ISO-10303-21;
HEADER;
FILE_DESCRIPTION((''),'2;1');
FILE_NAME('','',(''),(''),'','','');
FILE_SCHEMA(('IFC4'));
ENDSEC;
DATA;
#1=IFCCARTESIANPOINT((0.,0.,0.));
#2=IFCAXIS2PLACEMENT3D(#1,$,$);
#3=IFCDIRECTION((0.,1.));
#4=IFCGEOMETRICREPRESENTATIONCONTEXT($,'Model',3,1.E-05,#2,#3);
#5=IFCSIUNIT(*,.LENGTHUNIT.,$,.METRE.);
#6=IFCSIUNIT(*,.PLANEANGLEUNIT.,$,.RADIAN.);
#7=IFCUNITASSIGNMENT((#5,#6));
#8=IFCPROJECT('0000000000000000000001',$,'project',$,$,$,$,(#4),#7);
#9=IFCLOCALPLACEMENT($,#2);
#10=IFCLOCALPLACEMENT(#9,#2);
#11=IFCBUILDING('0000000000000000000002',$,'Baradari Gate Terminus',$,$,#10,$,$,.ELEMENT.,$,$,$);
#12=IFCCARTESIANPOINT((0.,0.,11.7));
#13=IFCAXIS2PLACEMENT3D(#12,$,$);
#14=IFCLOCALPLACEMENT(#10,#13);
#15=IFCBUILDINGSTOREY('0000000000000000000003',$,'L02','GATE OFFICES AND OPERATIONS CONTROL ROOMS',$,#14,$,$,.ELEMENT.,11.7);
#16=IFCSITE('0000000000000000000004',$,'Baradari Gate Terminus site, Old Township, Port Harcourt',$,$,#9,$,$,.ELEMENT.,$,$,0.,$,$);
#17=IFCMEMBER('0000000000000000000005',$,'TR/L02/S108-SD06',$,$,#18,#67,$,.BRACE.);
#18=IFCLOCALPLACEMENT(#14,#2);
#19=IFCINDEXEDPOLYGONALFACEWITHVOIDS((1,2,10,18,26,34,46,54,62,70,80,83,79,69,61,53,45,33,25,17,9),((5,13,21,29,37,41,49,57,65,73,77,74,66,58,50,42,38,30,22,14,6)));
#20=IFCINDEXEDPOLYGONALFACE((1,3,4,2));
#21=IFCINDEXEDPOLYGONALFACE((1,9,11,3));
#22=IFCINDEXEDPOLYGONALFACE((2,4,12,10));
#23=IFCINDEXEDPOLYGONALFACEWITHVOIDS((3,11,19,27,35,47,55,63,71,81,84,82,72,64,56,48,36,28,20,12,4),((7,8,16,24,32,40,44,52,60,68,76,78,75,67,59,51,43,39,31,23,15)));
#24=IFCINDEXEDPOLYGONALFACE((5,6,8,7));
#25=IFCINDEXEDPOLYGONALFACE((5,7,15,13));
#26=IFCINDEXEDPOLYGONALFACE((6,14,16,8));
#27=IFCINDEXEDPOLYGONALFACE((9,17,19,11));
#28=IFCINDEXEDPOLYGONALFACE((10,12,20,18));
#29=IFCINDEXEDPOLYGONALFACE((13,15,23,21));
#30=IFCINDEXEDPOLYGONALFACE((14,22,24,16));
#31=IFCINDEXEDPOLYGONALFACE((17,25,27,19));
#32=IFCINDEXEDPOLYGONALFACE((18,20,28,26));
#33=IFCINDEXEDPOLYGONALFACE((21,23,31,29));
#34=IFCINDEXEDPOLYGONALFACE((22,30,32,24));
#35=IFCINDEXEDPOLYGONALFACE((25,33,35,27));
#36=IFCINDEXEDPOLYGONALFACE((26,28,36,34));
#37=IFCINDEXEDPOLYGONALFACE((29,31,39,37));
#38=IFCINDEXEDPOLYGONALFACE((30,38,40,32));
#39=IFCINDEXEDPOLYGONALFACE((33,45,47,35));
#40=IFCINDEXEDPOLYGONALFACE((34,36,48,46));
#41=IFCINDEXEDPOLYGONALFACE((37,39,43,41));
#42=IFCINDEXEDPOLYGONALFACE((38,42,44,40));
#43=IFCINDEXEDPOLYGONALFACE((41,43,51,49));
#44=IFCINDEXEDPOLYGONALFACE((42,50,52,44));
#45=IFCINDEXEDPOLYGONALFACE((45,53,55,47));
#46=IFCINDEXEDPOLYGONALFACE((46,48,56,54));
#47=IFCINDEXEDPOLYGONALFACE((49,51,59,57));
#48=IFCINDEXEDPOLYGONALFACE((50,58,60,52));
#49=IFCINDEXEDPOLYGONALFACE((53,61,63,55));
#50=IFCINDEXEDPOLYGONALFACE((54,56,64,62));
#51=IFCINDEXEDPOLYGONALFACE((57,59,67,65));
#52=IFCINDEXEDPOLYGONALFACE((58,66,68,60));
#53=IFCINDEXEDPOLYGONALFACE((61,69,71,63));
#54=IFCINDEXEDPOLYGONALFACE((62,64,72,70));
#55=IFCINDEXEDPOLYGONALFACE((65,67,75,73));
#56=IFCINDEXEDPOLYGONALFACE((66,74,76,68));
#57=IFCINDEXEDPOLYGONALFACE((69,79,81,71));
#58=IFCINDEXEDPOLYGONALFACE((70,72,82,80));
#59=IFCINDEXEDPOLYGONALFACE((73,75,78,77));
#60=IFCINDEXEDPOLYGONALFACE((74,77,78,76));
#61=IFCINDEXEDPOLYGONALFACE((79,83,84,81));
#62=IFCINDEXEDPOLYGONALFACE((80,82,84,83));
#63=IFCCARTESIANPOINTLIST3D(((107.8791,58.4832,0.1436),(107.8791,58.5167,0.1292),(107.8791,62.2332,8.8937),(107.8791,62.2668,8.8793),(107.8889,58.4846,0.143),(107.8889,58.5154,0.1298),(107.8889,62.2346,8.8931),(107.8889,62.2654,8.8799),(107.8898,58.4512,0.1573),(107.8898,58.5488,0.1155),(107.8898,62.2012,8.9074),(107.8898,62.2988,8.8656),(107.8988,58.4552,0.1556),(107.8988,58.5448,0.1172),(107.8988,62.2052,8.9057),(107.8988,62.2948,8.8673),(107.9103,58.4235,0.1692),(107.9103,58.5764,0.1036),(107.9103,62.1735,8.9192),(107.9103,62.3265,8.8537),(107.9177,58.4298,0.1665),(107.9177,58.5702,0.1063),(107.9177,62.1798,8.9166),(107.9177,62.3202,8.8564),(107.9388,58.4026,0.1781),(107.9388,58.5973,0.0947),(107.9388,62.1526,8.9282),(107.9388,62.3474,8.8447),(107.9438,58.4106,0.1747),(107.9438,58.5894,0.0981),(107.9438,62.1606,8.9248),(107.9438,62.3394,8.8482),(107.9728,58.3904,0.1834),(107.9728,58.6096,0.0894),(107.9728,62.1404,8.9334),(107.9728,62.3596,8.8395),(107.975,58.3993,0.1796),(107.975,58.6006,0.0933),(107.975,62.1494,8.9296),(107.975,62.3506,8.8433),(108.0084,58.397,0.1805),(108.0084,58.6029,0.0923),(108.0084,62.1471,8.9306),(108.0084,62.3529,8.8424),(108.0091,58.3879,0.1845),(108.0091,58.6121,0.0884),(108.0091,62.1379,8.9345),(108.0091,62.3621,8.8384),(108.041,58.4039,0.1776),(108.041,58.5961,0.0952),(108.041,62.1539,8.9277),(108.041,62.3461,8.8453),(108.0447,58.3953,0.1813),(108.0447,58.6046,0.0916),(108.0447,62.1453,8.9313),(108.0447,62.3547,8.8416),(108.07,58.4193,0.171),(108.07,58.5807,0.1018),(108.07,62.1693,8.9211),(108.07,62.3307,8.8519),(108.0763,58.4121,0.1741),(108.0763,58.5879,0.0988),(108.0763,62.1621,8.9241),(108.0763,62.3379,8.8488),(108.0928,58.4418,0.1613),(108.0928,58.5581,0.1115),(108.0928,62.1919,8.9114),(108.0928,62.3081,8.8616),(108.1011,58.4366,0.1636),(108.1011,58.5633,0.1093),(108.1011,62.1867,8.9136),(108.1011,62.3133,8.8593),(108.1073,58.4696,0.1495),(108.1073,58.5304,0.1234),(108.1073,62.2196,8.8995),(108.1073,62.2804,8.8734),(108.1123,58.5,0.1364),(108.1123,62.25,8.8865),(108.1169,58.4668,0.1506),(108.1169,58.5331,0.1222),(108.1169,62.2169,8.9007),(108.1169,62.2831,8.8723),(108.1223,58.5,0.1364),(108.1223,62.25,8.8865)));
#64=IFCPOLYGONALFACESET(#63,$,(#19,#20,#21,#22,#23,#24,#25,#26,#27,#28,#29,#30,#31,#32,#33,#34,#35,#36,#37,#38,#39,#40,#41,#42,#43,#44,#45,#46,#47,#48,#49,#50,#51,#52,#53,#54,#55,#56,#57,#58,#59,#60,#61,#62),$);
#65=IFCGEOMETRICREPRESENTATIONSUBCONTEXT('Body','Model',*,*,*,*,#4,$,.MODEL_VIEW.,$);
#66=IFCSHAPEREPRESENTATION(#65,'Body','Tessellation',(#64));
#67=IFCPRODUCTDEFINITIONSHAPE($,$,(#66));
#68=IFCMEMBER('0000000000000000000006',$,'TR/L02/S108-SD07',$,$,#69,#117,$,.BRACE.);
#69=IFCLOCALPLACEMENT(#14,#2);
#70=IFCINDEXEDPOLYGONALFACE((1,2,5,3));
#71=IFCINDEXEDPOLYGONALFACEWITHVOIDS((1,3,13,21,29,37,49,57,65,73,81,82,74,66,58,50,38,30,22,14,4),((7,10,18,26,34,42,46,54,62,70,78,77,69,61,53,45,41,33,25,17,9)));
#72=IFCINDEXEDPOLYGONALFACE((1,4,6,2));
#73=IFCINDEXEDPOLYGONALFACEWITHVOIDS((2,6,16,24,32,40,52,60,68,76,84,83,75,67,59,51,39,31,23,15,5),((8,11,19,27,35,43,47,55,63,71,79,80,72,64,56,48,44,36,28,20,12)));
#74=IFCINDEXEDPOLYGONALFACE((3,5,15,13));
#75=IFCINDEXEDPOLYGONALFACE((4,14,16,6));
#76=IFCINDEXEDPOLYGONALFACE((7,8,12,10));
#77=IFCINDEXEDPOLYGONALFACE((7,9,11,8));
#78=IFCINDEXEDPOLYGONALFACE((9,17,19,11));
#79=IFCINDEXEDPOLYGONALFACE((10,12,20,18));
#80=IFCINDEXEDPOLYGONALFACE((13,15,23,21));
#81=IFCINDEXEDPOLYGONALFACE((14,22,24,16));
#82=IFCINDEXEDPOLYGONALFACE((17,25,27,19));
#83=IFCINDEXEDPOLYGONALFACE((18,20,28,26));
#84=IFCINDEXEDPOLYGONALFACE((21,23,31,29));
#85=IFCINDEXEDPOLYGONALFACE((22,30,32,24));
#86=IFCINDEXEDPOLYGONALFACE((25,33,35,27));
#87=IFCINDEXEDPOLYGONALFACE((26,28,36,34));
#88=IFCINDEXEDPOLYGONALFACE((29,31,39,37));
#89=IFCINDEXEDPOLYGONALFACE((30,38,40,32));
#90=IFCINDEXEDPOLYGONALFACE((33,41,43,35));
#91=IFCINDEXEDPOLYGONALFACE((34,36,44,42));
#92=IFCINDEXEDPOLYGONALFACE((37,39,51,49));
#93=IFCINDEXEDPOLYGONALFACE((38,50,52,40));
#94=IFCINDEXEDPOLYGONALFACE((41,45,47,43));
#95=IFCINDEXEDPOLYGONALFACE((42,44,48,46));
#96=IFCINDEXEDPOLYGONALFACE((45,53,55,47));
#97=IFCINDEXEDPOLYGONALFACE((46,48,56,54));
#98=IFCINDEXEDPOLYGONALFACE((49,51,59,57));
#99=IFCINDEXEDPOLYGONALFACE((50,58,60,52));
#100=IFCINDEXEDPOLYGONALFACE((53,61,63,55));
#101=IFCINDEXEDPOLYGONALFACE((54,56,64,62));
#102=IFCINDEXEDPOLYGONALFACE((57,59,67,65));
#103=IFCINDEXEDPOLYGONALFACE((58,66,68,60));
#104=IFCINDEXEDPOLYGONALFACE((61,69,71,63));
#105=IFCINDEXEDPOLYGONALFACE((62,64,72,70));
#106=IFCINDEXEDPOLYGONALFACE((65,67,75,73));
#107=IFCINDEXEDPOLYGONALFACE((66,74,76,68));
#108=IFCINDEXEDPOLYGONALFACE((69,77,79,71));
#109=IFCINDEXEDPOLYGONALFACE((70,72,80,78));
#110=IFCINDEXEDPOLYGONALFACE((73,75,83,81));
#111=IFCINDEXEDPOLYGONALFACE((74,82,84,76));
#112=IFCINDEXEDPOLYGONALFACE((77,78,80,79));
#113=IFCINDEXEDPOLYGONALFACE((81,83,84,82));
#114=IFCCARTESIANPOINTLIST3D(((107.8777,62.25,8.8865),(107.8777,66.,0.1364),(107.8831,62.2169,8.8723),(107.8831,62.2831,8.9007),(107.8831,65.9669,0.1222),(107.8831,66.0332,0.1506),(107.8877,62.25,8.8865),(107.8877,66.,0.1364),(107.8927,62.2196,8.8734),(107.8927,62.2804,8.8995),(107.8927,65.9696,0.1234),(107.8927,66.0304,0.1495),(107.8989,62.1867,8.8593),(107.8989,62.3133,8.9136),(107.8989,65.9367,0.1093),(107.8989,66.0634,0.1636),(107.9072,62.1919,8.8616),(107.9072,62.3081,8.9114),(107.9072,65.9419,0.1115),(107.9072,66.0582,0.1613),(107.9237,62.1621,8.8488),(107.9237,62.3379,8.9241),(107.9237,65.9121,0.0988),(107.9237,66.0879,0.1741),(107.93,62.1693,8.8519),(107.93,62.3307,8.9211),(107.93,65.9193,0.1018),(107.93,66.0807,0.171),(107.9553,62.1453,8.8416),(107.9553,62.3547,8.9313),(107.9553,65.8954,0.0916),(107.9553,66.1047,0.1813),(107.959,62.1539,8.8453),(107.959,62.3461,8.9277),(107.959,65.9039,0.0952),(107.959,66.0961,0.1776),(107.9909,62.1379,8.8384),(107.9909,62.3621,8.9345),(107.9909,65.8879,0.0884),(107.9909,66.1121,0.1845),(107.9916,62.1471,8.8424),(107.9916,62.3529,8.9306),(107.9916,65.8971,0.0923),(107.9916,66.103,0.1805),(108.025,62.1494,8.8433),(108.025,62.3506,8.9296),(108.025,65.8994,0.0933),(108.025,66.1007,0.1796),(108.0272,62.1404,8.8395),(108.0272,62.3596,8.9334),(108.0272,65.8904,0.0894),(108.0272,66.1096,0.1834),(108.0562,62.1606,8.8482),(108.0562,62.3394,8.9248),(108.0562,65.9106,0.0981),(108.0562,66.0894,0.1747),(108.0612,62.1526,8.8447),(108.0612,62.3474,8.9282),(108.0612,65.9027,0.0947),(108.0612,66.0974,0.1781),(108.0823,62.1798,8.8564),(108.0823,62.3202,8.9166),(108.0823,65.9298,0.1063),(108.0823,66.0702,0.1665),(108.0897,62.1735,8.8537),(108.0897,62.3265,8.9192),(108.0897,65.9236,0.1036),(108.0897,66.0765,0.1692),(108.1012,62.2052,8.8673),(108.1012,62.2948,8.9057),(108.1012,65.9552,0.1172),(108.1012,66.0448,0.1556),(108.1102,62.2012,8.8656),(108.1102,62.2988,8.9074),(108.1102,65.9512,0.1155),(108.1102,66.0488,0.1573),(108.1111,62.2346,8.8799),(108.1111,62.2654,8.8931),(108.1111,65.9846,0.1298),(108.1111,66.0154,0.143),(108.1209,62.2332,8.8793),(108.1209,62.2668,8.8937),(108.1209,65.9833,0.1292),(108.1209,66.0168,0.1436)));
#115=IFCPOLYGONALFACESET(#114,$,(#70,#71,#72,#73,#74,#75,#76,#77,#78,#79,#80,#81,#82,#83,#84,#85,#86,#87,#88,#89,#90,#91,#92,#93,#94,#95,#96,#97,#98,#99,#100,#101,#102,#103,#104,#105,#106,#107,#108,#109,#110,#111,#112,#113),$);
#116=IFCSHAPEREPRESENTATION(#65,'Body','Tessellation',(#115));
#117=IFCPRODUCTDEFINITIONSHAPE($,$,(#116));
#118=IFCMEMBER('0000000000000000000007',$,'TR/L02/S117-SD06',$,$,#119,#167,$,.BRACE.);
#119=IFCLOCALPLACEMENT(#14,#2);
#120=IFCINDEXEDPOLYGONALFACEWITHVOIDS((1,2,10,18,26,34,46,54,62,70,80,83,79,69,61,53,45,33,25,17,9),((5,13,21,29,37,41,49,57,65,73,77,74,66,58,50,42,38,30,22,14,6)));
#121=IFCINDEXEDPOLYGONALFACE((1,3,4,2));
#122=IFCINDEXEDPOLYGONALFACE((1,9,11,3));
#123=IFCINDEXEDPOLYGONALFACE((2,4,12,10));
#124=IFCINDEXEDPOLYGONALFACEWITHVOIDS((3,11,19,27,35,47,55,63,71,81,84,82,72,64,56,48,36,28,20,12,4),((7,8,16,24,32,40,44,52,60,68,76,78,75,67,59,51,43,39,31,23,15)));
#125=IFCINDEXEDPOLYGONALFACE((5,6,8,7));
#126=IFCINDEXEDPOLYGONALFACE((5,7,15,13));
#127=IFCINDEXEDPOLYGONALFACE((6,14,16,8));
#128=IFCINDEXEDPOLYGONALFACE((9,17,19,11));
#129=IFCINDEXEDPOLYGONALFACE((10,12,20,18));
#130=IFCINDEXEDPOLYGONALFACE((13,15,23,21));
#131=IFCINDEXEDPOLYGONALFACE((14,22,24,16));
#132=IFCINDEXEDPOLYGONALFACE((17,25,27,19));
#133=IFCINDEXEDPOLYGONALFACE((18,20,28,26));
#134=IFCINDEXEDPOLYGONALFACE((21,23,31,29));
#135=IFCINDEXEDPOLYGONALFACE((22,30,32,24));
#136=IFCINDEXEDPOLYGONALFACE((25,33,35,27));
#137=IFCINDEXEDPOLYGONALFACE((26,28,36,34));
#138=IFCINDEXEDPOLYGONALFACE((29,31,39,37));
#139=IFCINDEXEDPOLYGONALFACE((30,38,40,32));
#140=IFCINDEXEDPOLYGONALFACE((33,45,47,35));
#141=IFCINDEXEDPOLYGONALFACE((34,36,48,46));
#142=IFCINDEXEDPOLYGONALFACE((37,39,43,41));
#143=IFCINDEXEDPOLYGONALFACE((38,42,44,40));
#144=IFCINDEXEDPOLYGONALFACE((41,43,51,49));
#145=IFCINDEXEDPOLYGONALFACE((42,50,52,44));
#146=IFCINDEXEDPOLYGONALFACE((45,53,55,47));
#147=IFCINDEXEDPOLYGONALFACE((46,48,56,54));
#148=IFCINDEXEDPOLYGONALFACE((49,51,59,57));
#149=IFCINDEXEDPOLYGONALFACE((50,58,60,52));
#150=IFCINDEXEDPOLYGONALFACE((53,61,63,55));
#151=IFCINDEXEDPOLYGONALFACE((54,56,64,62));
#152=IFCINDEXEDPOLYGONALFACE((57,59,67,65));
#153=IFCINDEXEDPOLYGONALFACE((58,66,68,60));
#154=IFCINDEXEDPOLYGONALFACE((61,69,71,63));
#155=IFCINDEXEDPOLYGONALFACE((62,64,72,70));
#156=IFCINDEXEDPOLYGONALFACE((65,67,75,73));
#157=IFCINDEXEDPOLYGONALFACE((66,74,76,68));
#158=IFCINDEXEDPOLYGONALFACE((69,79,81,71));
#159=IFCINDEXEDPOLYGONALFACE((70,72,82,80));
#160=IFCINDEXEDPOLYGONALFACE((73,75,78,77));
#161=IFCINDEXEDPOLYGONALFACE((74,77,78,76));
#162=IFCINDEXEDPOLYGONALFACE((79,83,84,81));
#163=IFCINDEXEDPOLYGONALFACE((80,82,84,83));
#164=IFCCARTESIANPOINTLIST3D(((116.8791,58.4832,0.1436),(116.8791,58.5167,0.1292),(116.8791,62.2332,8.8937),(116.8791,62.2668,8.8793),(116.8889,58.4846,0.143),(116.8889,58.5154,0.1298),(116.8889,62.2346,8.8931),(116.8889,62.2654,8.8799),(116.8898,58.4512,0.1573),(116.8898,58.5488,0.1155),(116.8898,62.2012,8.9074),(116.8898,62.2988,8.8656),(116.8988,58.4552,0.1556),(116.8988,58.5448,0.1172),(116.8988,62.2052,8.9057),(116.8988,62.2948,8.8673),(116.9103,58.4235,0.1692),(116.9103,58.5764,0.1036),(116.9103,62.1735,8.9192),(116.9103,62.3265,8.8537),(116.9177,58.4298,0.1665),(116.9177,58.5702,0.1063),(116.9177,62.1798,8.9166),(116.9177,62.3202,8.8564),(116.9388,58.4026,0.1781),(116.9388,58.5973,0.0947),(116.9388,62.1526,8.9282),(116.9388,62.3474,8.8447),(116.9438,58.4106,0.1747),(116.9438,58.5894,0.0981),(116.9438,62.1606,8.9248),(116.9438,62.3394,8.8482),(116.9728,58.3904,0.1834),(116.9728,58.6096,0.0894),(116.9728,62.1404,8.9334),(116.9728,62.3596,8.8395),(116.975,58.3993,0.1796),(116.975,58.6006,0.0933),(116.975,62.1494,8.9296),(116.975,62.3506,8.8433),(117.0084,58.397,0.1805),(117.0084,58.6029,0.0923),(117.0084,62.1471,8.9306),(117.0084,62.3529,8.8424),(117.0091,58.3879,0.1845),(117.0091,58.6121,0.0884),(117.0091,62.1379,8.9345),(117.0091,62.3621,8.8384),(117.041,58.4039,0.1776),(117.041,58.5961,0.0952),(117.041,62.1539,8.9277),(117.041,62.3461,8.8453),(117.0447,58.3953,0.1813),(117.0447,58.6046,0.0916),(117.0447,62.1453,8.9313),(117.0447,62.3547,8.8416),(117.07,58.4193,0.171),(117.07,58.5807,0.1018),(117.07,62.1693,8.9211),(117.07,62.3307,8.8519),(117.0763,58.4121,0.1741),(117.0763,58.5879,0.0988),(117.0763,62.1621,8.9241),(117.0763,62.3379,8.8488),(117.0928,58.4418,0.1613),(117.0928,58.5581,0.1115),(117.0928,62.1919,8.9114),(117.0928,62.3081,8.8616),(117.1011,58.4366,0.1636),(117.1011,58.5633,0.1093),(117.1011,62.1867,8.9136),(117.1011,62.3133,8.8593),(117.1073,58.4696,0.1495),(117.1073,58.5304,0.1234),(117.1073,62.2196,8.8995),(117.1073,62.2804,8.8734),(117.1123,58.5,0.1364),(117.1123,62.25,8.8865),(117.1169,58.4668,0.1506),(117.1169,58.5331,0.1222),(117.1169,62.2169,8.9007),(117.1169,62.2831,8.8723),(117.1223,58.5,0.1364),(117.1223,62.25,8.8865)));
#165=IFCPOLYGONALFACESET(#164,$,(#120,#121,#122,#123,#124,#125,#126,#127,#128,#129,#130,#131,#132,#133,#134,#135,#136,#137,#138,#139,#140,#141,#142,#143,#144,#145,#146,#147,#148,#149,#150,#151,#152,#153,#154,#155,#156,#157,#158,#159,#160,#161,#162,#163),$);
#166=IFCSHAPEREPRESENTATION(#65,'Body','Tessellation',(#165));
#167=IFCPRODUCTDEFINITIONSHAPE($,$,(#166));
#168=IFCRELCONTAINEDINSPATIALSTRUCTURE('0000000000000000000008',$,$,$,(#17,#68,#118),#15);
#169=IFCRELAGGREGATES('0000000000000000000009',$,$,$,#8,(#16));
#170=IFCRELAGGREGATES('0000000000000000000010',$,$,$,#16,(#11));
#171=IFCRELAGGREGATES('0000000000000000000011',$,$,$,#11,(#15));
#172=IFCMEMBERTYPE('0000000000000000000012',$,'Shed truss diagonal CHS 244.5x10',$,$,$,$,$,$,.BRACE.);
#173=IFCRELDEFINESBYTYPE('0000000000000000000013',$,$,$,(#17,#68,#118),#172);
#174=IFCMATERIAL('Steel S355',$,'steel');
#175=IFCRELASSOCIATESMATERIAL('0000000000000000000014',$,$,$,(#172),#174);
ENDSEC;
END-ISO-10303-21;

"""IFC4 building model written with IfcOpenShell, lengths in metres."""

from ifc_helpers import new_model, si_unit, direction, frame, origin, origin_2d, place, context, subcontext, project, spatial, hollow_circle, extrude, material, material_profile, profile_set, type_object, element, save


model = new_model("IFC4")

# Units and contexts
model_context = context("Model", 3, precision=1e-05, world=origin(), true_north=direction((0.0, 1.0)))
body_context = subcontext(model_context, "Body", "Model", "MODEL_VIEW")
ifc_project = project(units=[si_unit("LENGTHUNIT", "METRE"), si_unit("PLANEANGLEUNIT", "RADIAN")], contexts=[model_context])

# Site, building, storey
site_placement = place(None, origin())
site = spatial("IfcSite", under=ifc_project, at=site_placement, Name="Baradari Gate Terminus site, Old Township, Port Harcourt", CompositionType="ELEMENT", RefElevation=0.0)
building_placement = place(site_placement, origin())
building = spatial("IfcBuilding", under=site, at=building_placement, Name="Baradari Gate Terminus", CompositionType="ELEMENT")
storey_placement = place(building_placement, frame((0.0, 0.0, 11.7)))
storey = spatial("IfcBuildingStorey", under=building, at=storey_placement, Name="L02", Description="GATE OFFICES AND OPERATIONS CONTROL ROOMS", CompositionType="ELEMENT", Elevation=11.7)

# Members
ifc_material_1 = material(Name="Steel S355", Category="steel")
ifc_material_profile_1 = material_profile(ifc_material_1, hollow_circle(Radius=0.1223, WallThickness=0.01, at=origin_2d()), Name="CHS 244.5x10")
ifc_profile_set_1 = profile_set([ifc_material_profile_1], Name="Steel S355")
member_type_1 = type_object("IfcMemberType", Name="Shed truss diagonal CHS 244.5x10", PredefinedType="BRACE", material=ifc_profile_set_1)
for number, where, z_axis, x_axis, name in (
    (1, (108.0, 62.25, 8.8865), (0.0, -0.393919, -0.919145), (1.0, 0.0, 0.0), "TR/L02/S108-SD06"),
    (2, (108.0, 62.25, 8.8865), (0.0, 0.393919, -0.919145), (-1.0, 0.0, 0.0), "TR/L02/S108-SD07"),
    (3, (117.0, 62.25, 8.8865), (0.0, -0.393919, -0.919145), (1.0, 0.0, 0.0), "TR/L02/S117-SD06"),
):
    element("IfcMember", number, at=place(storey_placement, frame(where, z_axis=z_axis, x_axis=x_axis)), inside=storey, type_object=member_type_1, Name=name, PredefinedType="BRACE", context=body_context, shape_type="SweptSolid", body=[
        extrude(hollow_circle(Radius=0.1223, WallThickness=0.01, at=origin_2d()), origin(), (0.0, 0.0, 1.0), 9.5198),
    ])

save(model, "model.ifc")
